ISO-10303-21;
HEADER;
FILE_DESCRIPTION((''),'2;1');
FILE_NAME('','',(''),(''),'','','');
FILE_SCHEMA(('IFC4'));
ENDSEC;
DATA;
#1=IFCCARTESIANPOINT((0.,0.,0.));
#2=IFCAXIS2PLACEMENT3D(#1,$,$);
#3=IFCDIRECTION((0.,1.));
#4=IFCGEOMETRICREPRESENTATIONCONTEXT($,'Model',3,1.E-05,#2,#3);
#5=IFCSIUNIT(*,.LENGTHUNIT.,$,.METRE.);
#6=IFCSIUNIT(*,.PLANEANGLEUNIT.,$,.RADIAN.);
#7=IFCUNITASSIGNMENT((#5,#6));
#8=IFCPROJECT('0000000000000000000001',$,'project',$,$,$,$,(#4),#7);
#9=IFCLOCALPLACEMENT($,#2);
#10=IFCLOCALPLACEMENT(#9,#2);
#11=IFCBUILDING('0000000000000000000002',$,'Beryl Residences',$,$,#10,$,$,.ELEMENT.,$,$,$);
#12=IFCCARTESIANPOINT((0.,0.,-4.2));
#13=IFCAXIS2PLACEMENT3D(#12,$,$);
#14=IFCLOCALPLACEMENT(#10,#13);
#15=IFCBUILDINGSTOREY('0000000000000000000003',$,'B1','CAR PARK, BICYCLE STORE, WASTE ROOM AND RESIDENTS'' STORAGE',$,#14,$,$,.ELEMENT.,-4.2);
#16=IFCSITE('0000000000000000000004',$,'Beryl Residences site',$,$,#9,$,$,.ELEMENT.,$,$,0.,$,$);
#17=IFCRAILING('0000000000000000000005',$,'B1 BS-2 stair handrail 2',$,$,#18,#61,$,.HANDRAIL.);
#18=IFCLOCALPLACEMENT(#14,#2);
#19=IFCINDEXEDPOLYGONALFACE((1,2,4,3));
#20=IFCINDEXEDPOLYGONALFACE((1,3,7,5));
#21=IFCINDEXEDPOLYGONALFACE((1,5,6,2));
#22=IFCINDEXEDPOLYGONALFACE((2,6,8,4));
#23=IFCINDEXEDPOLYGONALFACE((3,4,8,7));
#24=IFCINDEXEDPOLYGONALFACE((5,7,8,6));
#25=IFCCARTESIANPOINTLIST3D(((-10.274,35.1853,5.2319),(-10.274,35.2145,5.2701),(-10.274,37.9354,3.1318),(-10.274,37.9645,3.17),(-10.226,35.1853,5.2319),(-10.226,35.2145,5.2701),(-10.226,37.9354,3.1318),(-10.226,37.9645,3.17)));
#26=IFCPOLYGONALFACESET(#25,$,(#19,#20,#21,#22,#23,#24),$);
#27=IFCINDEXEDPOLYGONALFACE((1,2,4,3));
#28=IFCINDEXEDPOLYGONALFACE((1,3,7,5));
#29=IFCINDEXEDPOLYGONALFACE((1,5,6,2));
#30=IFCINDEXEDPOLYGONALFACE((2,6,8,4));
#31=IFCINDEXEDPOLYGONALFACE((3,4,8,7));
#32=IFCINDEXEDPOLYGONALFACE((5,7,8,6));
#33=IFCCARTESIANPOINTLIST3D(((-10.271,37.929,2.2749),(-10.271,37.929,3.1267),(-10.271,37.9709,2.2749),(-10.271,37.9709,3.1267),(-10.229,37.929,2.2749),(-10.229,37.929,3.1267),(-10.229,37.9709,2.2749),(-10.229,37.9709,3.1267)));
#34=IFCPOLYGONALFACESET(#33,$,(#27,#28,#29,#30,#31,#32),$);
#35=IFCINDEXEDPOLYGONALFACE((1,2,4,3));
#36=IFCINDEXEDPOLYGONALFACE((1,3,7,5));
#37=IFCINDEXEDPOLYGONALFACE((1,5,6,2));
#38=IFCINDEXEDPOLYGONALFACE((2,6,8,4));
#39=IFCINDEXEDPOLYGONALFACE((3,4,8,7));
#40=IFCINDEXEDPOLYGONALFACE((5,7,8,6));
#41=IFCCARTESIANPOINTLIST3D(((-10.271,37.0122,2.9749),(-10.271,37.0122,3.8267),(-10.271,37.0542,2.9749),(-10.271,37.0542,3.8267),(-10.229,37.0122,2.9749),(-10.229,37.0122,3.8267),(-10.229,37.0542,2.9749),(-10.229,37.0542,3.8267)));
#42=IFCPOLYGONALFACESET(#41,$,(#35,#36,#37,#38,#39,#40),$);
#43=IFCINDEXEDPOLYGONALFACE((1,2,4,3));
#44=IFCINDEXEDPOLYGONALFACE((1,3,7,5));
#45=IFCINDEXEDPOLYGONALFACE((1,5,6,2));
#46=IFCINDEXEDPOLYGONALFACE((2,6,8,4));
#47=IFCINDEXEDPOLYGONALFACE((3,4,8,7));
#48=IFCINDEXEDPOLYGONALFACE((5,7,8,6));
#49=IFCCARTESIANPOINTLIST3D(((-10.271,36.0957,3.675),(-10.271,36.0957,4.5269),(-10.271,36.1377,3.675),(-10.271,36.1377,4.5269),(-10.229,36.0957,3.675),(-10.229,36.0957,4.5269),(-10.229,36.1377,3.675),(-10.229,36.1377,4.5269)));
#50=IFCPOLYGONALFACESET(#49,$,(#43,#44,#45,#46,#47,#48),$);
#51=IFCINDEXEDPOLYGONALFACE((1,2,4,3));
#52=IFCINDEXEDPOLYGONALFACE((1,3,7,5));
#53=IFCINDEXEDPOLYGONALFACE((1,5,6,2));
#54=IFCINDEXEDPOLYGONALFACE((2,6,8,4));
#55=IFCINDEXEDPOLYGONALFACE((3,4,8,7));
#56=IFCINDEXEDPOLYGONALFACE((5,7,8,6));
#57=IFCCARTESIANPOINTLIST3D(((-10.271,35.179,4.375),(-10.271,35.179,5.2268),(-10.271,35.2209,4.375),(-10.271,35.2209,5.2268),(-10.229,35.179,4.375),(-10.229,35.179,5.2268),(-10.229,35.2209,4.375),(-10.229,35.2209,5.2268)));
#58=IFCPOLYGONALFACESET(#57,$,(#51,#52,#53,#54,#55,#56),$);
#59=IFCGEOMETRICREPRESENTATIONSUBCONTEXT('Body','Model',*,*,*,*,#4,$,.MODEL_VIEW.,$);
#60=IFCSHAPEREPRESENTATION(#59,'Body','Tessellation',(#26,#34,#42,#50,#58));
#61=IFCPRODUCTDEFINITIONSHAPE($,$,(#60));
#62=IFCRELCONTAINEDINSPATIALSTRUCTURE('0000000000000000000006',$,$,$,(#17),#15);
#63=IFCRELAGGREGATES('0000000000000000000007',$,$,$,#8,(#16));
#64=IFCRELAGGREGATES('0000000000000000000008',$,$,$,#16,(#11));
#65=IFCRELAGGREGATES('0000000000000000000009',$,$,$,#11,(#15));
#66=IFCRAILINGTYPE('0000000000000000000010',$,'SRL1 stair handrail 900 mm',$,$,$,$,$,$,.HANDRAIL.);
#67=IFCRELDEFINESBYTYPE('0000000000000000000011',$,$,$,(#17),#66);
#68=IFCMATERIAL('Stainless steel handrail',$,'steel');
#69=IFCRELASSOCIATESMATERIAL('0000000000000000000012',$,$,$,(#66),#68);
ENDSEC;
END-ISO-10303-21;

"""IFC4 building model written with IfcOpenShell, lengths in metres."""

from ifc_helpers import new_model, si_unit, direction, frame, origin, origin_2d, place, context, subcontext, project, spatial, rectangle, extrude, material, type_object, element, save


model = new_model("IFC4")

# Units and contexts
model_context = context("Model", 3, precision=1e-05, world=origin(), true_north=direction((0.0, 1.0)))
body_context = subcontext(model_context, "Body", "Model", "MODEL_VIEW")
ifc_project = project(units=[si_unit("LENGTHUNIT", "METRE"), si_unit("PLANEANGLEUNIT", "RADIAN")], contexts=[model_context])

# Site, building, storey
site_placement = place(None, origin())
site = spatial("IfcSite", under=ifc_project, at=site_placement, Name="Beryl Residences site", CompositionType="ELEMENT", RefElevation=0.0)
building_placement = place(site_placement, origin())
building = spatial("IfcBuilding", under=site, at=building_placement, Name="Beryl Residences", CompositionType="ELEMENT")
storey_placement = place(building_placement, frame((0.0, 0.0, -4.2)))
storey = spatial("IfcBuildingStorey", under=building, at=storey_placement, Name="B1", Description="CAR PARK, BICYCLE STORE, WASTE ROOM AND RESIDENTS' STORAGE", CompositionType="ELEMENT", Elevation=-4.2)

# Railing
ifc_material_1 = material(Name="Stainless steel handrail", Category="steel")
railing_type_1 = type_object("IfcRailingType", Name="SRL1 stair handrail 900 mm", PredefinedType="HANDRAIL", material=ifc_material_1)
railing_1_placement = place(storey_placement, frame((-10.25, 37.95, 2.2749)))
element("IfcRailing", 1, at=railing_1_placement, inside=storey, type_object=railing_type_1, Name="B1 BS-2 stair handrail 2", PredefinedType="HANDRAIL", context=body_context, shape_type="SweptSolid", body=[
    extrude(rectangle(XDim=0.0481, YDim=0.0481, at=origin_2d()), frame((0.0, 0.0, 0.876), z_axis=(0.0, -0.794754, 0.606931), x_axis=(1.0, 0.0, 0.0)), (0.0, 0.0, 1.0), 3.4602),
    extrude(rectangle(XDim=0.042, YDim=0.042, at=origin_2d()), origin(), (0.0, 0.0, 1.0), 0.8518),
    extrude(rectangle(XDim=0.042, YDim=0.042, at=origin_2d()), frame((0.0, -0.9167, 0.7)), (0.0, 0.0, 1.0), 0.8518),
    extrude(rectangle(XDim=0.042, YDim=0.042, at=origin_2d()), frame((0.0, -1.8333, 1.4001)), (0.0, 0.0, 1.0), 0.8518),
    extrude(rectangle(XDim=0.042, YDim=0.042, at=origin_2d()), frame((0.0, -2.75, 2.1001)), (0.0, 0.0, 1.0), 0.8518),
])

save(model, "model.ifc")
